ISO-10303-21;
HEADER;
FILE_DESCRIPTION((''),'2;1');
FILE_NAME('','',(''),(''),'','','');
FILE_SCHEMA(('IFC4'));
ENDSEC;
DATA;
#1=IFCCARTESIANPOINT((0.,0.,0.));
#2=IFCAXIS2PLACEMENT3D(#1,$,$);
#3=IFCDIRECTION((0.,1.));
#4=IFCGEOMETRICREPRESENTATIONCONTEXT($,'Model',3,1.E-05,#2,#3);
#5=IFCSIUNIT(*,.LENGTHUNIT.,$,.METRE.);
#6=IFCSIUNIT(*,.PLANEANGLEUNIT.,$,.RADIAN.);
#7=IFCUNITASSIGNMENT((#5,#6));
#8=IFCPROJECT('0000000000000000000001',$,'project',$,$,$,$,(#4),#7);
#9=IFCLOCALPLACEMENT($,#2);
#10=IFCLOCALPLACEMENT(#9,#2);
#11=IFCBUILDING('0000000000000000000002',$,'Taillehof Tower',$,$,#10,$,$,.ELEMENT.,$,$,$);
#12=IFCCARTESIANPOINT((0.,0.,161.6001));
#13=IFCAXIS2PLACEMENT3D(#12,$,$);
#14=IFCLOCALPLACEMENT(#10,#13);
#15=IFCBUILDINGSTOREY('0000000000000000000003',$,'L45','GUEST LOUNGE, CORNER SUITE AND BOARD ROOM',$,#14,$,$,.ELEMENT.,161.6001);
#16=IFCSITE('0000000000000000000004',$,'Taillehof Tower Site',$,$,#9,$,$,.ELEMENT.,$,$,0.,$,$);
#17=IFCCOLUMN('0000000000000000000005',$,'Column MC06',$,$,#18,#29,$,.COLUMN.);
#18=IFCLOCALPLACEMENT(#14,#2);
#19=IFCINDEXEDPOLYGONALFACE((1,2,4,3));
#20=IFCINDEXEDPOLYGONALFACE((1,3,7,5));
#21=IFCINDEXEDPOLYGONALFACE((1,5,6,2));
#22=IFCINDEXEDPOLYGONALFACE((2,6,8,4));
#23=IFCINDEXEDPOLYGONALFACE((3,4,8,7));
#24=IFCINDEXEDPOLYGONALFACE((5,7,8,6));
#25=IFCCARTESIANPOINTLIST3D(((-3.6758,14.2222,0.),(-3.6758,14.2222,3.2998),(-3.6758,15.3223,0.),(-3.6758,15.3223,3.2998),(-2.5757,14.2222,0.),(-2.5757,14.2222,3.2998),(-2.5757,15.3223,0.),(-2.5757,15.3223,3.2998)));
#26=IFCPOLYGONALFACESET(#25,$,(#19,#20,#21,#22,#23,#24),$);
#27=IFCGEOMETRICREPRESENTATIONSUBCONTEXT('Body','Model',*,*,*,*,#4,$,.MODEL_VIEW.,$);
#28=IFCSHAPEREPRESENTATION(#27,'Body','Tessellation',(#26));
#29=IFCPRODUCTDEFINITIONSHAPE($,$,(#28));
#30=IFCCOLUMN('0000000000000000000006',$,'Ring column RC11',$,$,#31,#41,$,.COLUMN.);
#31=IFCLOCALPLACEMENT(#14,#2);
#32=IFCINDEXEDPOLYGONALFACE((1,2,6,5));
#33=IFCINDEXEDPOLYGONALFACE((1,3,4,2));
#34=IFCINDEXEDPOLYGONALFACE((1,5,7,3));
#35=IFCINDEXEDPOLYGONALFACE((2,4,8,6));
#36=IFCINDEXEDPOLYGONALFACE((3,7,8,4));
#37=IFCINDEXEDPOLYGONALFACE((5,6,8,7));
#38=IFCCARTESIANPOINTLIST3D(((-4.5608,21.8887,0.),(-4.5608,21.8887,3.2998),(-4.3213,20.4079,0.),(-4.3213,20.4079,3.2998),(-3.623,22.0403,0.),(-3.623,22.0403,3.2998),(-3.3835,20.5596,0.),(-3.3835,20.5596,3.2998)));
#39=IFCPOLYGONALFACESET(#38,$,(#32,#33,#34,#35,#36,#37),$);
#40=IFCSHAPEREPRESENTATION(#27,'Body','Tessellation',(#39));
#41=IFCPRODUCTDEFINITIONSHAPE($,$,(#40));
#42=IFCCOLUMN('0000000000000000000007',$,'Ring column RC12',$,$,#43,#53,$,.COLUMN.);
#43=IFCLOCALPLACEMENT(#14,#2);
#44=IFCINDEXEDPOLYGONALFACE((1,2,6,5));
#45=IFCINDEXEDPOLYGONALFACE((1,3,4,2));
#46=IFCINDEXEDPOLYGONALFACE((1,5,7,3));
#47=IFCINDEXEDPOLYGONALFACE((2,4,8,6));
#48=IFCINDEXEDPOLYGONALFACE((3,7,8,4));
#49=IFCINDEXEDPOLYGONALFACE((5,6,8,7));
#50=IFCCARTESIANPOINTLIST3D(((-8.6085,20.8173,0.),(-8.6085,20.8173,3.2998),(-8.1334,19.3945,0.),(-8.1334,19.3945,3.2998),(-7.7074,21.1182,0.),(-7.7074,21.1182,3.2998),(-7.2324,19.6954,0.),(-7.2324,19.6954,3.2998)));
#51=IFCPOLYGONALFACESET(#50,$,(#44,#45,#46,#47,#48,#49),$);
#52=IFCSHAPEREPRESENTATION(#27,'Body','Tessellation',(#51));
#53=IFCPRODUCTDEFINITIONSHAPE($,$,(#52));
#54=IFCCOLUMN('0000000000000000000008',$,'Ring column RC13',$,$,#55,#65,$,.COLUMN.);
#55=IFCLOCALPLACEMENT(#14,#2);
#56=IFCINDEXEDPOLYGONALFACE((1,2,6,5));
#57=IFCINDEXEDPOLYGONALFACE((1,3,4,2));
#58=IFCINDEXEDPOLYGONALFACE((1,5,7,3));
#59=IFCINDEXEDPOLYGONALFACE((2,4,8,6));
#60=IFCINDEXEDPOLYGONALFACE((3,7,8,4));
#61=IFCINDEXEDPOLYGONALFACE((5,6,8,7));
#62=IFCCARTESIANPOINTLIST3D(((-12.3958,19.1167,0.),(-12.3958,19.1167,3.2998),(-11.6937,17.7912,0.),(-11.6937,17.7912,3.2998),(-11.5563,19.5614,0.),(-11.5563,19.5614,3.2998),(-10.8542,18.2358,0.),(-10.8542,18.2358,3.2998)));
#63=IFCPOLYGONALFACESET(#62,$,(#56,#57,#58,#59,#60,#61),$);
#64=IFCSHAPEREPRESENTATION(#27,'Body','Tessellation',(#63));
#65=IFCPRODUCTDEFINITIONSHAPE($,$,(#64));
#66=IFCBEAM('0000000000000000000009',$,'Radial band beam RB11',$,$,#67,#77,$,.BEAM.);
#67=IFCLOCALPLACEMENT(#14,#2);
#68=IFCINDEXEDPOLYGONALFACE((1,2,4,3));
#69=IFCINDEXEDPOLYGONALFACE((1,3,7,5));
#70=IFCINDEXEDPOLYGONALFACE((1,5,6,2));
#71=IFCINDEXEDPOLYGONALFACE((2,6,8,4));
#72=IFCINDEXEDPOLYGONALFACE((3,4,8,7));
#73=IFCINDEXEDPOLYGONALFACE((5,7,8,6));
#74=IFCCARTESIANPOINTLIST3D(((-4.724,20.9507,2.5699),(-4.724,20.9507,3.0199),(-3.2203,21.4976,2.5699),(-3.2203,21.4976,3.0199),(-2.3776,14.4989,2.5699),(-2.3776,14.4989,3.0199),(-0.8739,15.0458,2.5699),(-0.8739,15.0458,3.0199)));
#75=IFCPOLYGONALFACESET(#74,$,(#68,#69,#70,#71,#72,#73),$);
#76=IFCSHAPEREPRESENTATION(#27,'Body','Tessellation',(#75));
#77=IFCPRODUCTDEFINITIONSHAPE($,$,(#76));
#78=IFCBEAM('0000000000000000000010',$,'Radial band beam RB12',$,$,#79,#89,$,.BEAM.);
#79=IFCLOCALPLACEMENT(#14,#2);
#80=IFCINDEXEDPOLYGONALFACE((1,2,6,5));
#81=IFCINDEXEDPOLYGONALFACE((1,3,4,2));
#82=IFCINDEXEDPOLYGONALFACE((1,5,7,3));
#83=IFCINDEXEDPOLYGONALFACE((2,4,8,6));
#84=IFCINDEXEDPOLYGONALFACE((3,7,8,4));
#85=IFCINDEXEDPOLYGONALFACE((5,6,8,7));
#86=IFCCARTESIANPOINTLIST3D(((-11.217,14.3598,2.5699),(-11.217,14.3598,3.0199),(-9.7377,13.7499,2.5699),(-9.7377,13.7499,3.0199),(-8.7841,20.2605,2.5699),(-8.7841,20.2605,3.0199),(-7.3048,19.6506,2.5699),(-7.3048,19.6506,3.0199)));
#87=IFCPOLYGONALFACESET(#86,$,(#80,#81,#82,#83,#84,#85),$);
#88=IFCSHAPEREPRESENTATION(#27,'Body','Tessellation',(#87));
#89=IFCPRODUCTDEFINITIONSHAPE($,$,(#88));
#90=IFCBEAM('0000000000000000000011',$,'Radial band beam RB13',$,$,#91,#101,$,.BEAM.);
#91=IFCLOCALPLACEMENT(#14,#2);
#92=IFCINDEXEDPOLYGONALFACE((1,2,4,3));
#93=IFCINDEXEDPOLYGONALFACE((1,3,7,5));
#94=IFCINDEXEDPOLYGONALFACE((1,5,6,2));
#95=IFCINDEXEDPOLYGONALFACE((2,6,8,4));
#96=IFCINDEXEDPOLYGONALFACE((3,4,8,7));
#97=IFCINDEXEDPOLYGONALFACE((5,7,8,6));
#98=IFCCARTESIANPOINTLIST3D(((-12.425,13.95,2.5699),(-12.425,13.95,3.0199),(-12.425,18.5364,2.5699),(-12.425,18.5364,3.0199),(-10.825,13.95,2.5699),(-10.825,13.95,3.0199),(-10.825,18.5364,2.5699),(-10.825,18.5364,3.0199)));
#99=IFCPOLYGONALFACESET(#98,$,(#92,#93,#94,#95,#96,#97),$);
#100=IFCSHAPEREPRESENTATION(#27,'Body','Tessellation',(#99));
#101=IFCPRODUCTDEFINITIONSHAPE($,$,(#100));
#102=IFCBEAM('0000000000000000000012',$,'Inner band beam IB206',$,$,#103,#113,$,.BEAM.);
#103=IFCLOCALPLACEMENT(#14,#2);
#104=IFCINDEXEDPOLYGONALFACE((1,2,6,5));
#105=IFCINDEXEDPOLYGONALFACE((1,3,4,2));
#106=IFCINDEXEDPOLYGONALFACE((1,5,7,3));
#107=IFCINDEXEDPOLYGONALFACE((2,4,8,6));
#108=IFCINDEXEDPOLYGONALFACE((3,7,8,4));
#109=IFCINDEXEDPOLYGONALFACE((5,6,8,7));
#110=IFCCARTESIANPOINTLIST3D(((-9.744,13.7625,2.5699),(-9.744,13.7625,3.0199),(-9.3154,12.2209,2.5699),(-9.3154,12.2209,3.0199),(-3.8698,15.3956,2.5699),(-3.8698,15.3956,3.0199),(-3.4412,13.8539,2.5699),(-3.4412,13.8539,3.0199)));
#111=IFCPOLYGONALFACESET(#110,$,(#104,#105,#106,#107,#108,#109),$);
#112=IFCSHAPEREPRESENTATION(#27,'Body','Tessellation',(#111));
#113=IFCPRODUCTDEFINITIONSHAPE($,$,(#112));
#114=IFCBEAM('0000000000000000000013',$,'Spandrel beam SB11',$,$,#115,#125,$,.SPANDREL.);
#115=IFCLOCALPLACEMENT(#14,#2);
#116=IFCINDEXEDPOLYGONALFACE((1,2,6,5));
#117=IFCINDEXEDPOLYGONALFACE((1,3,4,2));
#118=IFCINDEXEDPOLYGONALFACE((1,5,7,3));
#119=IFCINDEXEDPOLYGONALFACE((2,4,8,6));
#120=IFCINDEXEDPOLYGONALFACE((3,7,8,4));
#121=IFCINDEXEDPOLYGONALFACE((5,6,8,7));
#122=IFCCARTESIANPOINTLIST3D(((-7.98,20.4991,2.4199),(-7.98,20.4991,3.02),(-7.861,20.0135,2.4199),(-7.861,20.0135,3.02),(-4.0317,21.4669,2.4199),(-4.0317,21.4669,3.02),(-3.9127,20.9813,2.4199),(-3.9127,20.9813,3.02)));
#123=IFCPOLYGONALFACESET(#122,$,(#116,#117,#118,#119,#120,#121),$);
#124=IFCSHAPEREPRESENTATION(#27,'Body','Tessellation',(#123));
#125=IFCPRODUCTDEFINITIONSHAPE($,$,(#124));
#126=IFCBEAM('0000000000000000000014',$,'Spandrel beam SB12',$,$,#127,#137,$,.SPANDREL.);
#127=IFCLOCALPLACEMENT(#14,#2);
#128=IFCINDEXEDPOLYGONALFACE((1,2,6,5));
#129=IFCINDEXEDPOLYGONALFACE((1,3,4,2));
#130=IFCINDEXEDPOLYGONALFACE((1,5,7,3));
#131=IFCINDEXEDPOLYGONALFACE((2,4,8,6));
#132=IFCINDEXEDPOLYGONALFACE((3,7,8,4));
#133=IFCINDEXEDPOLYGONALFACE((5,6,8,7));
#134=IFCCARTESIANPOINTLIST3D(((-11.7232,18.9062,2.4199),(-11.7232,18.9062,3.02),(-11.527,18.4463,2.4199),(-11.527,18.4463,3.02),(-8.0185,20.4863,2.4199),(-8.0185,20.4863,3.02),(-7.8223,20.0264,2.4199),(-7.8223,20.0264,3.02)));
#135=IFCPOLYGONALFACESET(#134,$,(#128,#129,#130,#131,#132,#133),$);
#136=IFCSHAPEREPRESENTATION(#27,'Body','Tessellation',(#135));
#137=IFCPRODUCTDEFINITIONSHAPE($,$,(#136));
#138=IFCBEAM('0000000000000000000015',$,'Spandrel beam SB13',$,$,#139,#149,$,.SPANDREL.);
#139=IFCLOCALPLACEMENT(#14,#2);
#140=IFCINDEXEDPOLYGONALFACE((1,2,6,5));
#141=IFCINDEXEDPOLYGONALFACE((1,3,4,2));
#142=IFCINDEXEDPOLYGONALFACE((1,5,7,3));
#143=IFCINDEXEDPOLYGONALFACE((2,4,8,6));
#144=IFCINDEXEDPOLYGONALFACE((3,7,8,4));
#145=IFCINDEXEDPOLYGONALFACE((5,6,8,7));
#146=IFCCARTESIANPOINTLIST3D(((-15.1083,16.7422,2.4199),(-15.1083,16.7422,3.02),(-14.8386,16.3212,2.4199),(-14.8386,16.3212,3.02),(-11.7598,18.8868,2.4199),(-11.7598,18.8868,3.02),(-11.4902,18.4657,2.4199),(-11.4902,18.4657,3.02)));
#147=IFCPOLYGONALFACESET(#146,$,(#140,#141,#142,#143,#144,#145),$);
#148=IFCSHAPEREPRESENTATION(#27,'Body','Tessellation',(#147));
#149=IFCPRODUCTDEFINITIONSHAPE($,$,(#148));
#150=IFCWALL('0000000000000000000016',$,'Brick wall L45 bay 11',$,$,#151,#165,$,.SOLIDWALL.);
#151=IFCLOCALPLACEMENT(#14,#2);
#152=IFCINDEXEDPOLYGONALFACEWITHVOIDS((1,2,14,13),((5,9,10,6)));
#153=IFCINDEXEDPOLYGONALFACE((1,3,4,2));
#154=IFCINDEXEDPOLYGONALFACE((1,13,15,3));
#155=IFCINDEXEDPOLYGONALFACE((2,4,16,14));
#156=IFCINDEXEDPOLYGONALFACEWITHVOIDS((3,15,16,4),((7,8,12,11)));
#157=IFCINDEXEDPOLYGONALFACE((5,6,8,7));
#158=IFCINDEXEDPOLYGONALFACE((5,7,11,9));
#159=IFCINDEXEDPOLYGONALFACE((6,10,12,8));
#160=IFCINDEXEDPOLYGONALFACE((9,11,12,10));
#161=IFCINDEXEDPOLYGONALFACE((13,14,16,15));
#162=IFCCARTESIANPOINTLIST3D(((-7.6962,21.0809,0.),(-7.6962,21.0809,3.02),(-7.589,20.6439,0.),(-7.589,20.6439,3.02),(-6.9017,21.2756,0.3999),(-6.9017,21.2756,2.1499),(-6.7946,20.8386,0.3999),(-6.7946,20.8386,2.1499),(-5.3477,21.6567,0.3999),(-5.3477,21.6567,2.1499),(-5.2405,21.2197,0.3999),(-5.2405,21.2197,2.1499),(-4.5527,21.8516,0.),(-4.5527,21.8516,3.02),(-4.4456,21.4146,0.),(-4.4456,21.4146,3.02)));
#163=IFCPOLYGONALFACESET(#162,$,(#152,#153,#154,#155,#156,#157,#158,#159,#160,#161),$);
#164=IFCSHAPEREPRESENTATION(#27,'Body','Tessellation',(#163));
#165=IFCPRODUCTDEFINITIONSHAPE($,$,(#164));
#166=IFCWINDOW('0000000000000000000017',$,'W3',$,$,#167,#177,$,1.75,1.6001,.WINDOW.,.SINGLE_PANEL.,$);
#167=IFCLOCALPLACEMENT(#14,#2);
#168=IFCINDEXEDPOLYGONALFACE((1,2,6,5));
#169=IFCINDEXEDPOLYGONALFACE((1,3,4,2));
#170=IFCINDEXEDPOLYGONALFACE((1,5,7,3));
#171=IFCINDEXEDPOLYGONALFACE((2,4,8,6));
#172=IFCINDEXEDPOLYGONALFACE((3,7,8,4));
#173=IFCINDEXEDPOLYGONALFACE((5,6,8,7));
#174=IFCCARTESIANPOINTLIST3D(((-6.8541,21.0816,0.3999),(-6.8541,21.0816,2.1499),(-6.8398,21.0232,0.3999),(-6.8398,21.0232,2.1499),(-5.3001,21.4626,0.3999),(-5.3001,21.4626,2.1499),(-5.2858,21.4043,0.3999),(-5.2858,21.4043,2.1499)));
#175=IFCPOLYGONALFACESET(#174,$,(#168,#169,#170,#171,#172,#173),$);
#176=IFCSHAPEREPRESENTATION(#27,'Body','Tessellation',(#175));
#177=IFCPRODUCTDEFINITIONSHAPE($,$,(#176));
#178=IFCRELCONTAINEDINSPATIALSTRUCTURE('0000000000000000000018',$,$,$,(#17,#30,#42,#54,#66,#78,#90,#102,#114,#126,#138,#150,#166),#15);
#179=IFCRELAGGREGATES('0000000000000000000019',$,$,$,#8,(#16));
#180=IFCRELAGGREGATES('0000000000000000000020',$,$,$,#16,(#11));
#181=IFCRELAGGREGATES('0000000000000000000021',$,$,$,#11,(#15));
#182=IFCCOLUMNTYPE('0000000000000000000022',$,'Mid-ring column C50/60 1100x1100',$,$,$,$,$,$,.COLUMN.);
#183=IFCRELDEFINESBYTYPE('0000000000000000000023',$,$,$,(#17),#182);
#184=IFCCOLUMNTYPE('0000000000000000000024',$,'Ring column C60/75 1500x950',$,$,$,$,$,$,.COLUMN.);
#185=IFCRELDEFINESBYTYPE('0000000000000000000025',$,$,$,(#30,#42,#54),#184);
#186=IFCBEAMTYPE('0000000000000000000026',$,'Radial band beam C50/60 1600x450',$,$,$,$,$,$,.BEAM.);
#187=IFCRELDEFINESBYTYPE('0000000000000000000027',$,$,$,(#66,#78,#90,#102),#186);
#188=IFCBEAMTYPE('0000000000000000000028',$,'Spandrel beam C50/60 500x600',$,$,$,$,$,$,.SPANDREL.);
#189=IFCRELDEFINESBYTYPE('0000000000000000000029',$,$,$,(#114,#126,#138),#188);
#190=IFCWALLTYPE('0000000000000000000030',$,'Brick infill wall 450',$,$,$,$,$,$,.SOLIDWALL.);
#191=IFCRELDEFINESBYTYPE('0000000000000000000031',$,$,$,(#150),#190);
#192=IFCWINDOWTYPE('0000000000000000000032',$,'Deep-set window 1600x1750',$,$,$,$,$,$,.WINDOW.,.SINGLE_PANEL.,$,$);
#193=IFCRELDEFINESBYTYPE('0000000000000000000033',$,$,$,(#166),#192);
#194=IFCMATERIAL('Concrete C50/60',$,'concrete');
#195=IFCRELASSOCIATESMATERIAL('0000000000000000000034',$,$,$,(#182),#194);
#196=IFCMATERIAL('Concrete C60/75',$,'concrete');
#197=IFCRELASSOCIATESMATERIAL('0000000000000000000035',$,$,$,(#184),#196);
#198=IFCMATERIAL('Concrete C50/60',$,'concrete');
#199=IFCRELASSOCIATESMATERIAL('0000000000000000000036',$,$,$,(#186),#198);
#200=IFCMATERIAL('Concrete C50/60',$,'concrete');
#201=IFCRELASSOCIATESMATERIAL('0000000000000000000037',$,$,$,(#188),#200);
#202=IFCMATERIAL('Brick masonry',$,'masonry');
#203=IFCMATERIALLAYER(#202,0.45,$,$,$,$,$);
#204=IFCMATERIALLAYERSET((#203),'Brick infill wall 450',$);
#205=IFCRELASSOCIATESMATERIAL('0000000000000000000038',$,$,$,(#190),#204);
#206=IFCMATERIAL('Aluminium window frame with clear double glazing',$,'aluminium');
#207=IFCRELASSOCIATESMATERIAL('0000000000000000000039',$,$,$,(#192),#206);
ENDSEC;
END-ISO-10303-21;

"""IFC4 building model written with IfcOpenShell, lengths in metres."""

from ifc_helpers import new_model, si_unit, direction, frame, frame_2d, origin, origin_2d, place, context, subcontext, project, spatial, rectangle, extrude, material, layer, layer_set, material_profile, profile_set, type_object, element, fill, save


model = new_model("IFC4")

# Units and contexts
model_context = context("Model", 3, precision=1e-05, world=origin(), true_north=direction((0.0, 1.0)))
body_context = subcontext(model_context, "Body", "Model", "MODEL_VIEW")
ifc_project = project(units=[si_unit("LENGTHUNIT", "METRE"), si_unit("PLANEANGLEUNIT", "RADIAN")], contexts=[model_context])

# Site, building, storey
site_placement = place(None, origin())
site = spatial("IfcSite", under=ifc_project, at=site_placement, Name="Taillehof Tower Site", CompositionType="ELEMENT", RefElevation=0.0)
building_placement = place(site_placement, origin())
building = spatial("IfcBuilding", under=site, at=building_placement, Name="Taillehof Tower", CompositionType="ELEMENT")
storey_placement = place(building_placement, frame((0.0, 0.0, 161.6001)))
storey = spatial("IfcBuildingStorey", under=building, at=storey_placement, Name="L45", Description="GUEST LOUNGE, CORNER SUITE AND BOARD ROOM", CompositionType="ELEMENT", Elevation=161.6001)

# Columns
ifc_material_1 = material(Name="Concrete C50/60", Category="concrete")
ifc_material_profile_1 = material_profile(ifc_material_1, rectangle(XDim=1.1001, YDim=1.1001, at=origin_2d()), Name="RC 1100x1100")
ifc_profile_set_1 = profile_set([ifc_material_profile_1], Name="Concrete C50/60")
column_type_1 = type_object("IfcColumnType", Name="Mid-ring column C50/60 1100x1100", PredefinedType="COLUMN", material=ifc_profile_set_1)
column_placement = place(storey_placement, frame((-3.1257, 14.7722, 0.0), z_axis=(0.0, 0.0, 1.0), x_axis=(1.0, 0.0, 0.0)))
element("IfcColumn", 1, at=column_placement, inside=storey, type_object=column_type_1, Name="Column MC06", PredefinedType="COLUMN", context=body_context, shape_type="SweptSolid", body=[
    extrude(rectangle(XDim=1.1001, YDim=1.1001, at=origin_2d()), origin(), (0.0, 0.0, 1.0), 3.2998),
])
ifc_material_2 = material(Name="Concrete C60/75", Category="concrete")
ifc_material_profile_2 = material_profile(ifc_material_2, rectangle(XDim=1.5, YDim=0.95, at=origin_2d()), Name="RC 1500x950")
ifc_profile_set_2 = profile_set([ifc_material_profile_2], Name="Concrete C60/75")
column_type_2 = type_object("IfcColumnType", Name="Ring column C60/75 1500x950", PredefinedType="COLUMN", material=ifc_profile_set_2)
for number, where, z_axis, x_axis, name in (
    (2, (-3.9722, 21.2241, 0.0), (0.0, 0.0, 1.0), (-0.159679, 0.987169, 0.0), "Ring column RC11"),
    (3, (-7.9204, 20.2563, 0.0), (0.0, 0.0, 1.0), (-0.316703, 0.948525, 0.0), "Ring column RC12"),
    (4, (-11.625, 18.6763, 0.0), (0.0, 0.0, 1.0), (-0.468042, 0.883706, 0.0), "Ring column RC13"),
):
    element("IfcColumn", number, at=place(storey_placement, frame(where, z_axis=z_axis, x_axis=x_axis)), inside=storey, type_object=column_type_2, Name=name, PredefinedType="COLUMN", context=body_context, shape_type="SweptSolid", body=[
        extrude(rectangle(XDim=1.5, YDim=0.95, at=origin_2d()), origin(), (0.0, 0.0, 1.0), 3.2998),
    ])

# Beams
ifc_material_3 = material(Name="Concrete C50/60", Category="concrete")
ifc_material_profile_3 = material_profile(ifc_material_3, rectangle(XDim=1.6001, YDim=0.45, at=origin_2d()), Name="RC 1600x450")
ifc_profile_set_3 = profile_set([ifc_material_profile_3], Name="Concrete C50/60")
beam_type_1 = type_object("IfcBeamType", Name="Radial band beam C50/60 1600x450", PredefinedType="BEAM", material=ifc_profile_set_3)
beam_1_placement = place(storey_placement, frame((-3.9722, 21.2241, 2.7949), z_axis=(0.34178, -0.93978, 0.0), x_axis=(0.93978, 0.34178, 0.0)))
element("IfcBeam", 5, at=beam_1_placement, inside=storey, type_object=beam_type_1, Name="Radial band beam RB11", PredefinedType="BEAM", context=body_context, shape_type="SweptSolid", body=[
    extrude(rectangle(XDim=1.6001, YDim=0.45, at=origin_2d()), origin(), (0.0, 0.0, 1.0), 6.8652),
])
beam_2_placement = place(storey_placement, frame((-8.0444, 19.9556, 2.7949), z_axis=(-0.381177, -0.924502, 0.0), x_axis=(0.924502, -0.381177, 0.0)))
element("IfcBeam", 6, at=beam_2_placement, inside=storey, type_object=beam_type_1, Name="Radial band beam RB12", PredefinedType="BEAM", context=body_context, shape_type="SweptSolid", body=[
    extrude(rectangle(XDim=1.6001, YDim=0.45, at=origin_2d()), origin(), (0.0, 0.0, 1.0), 6.3826),
])
beam_3_placement = place(storey_placement, frame((-11.625, 18.5364, 2.7949), z_axis=(0.0, -1.0, 0.0), x_axis=(1.0, 0.0, 0.0)))
element("IfcBeam", 7, at=beam_3_placement, inside=storey, type_object=beam_type_1, Name="Radial band beam RB13", PredefinedType="BEAM", context=body_context, shape_type="SweptSolid", body=[
    extrude(rectangle(XDim=1.6001, YDim=0.45, at=origin_2d()), origin(), (0.0, 0.0, 1.0), 4.5864),
])
beam_4_placement = place(storey_placement, frame((-3.6555, 14.6248, 2.7949), z_axis=(-0.963459, -0.267855, 0.0), x_axis=(0.267855, -0.963459, 0.0)))
element("IfcBeam", 8, at=beam_4_placement, inside=storey, type_object=beam_type_1, Name="Inner band beam IB206", PredefinedType="BEAM", context=body_context, shape_type="SweptSolid", body=[
    extrude(rectangle(XDim=1.6001, YDim=0.45, at=origin_2d()), origin(), (0.0, 0.0, 1.0), 6.0969),
])
ifc_material_4 = material(Name="Concrete C50/60", Category="concrete")
ifc_material_profile_4 = material_profile(ifc_material_4, rectangle(XDim=0.5, YDim=0.6001, at=origin_2d()), Name="RC 500x600")
ifc_profile_set_4 = profile_set([ifc_material_profile_4], Name="Concrete C50/60")
beam_type_2 = type_object("IfcBeamType", Name="Spandrel beam C50/60 500x600", PredefinedType="SPANDREL", material=ifc_profile_set_4)
beam_5_placement = place(storey_placement, frame((-3.9722, 21.2241, 2.72), z_axis=(-0.971249, -0.238068, 0.0), x_axis=(0.238068, -0.971249, 0.0)))
element("IfcBeam", 9, at=beam_5_placement, inside=storey, type_object=beam_type_2, Name="Spandrel beam SB11", PredefinedType="SPANDREL", context=body_context, shape_type="SweptSolid", body=[
    extrude(rectangle(XDim=0.5, YDim=0.6001, at=origin_2d()), origin(), (0.0, 0.0, 1.0), 4.0652),
])
beam_6_placement = place(storey_placement, frame((-7.9204, 20.2563, 2.72), z_axis=(-0.919827, -0.392324, 0.0), x_axis=(0.392324, -0.919827, 0.0)))
element("IfcBeam", 10, at=beam_6_placement, inside=storey, type_object=beam_type_2, Name="Spandrel beam SB12", PredefinedType="SPANDREL", context=body_context, shape_type="SweptSolid", body=[
    extrude(rectangle(XDim=0.5, YDim=0.6001, at=origin_2d()), origin(), (0.0, 0.0, 1.0), 4.0276),
])
beam_7_placement = place(storey_placement, frame((-11.625, 18.6763, 2.72), z_axis=(-0.842093, -0.539332, 0.0), x_axis=(0.539332, -0.842093, 0.0)))
element("IfcBeam", 11, at=beam_7_placement, inside=storey, type_object=beam_type_2, Name="Spandrel beam SB13", PredefinedType="SPANDREL", context=body_context, shape_type="SweptSolid", body=[
    extrude(rectangle(XDim=0.5, YDim=0.6001, at=origin_2d()), origin(), (0.0, 0.0, 1.0), 3.9763),
])

# Wall, opening, window
ifc_material_5 = material(Name="Brick masonry", Category="masonry")
ifc_layer_1 = layer(ifc_material_5, 0.45)
ifc_layer_set_1 = layer_set([ifc_layer_1], Name="Brick infill wall 450")
wall_type_1 = type_object("IfcWallType", Name="Brick infill wall 450", PredefinedType="SOLIDWALL", material=ifc_layer_set_1)
wall_1_placement = place(storey_placement, frame((-4.4993, 21.6331, 0.0), z_axis=(0.0, 0.0, 1.0), x_axis=(-0.971233, -0.238132, 0.0)))
wall_1 = element("IfcWall", 12, at=wall_1_placement, inside=storey, type_object=wall_type_1, Name="Brick wall L45 bay 11", PredefinedType="SOLIDWALL", context=body_context, shape_type="SweptSolid", body=[
    extrude(rectangle(XDim=3.2366, YDim=0.45, at=frame_2d((1.6182, 0.0))), origin(), (0.0, 0.0, 1.0), 3.02),
])
opening_1_placement = place(wall_1_placement, frame((0.8184, 0.0, 0.3999)))
opening_1 = element("IfcOpeningElement", 13, at=opening_1_placement, cuts=wall_1, PredefinedType="OPENING", context=body_context, shape_type="SweptSolid", body=[
    extrude(rectangle(XDim=1.6001, YDim=1.75, at=frame_2d((0.8, 0.875))), frame((0.0, 0.2349, 0.0), z_axis=(0.0, -1.0, 0.0), x_axis=(1.0, 0.0, 0.0)), (0.0, 0.0, 1.0), 0.47),
])
ifc_material_6 = material(Name="Aluminium window frame with clear double glazing", Category="aluminium")
window_type = type_object("IfcWindowType", Name="Deep-set window 1600x1750", PartitioningType="SINGLE_PANEL", PredefinedType="WINDOW", material=ifc_material_6)
window_1_placement = place(opening_1_placement, origin())
window_1 = element("IfcWindow", 14, at=window_1_placement, inside=storey, type_object=window_type, Name="W3", OverallHeight=1.75, OverallWidth=1.6001, PartitioningType="SINGLE_PANEL", PredefinedType="WINDOW", context=body_context, shape_type="SweptSolid", body=[
    extrude(rectangle(XDim=1.6001, YDim=1.75, at=frame_2d((0.8, 0.875))), frame((0.0, 0.0349, 0.0), z_axis=(0.0, -1.0, 0.0), x_axis=(1.0, 0.0, 0.0)), (0.0, 0.0, 1.0), 0.0601),
])
fill(opening_1, window_1)

save(model, "model.ifc")
